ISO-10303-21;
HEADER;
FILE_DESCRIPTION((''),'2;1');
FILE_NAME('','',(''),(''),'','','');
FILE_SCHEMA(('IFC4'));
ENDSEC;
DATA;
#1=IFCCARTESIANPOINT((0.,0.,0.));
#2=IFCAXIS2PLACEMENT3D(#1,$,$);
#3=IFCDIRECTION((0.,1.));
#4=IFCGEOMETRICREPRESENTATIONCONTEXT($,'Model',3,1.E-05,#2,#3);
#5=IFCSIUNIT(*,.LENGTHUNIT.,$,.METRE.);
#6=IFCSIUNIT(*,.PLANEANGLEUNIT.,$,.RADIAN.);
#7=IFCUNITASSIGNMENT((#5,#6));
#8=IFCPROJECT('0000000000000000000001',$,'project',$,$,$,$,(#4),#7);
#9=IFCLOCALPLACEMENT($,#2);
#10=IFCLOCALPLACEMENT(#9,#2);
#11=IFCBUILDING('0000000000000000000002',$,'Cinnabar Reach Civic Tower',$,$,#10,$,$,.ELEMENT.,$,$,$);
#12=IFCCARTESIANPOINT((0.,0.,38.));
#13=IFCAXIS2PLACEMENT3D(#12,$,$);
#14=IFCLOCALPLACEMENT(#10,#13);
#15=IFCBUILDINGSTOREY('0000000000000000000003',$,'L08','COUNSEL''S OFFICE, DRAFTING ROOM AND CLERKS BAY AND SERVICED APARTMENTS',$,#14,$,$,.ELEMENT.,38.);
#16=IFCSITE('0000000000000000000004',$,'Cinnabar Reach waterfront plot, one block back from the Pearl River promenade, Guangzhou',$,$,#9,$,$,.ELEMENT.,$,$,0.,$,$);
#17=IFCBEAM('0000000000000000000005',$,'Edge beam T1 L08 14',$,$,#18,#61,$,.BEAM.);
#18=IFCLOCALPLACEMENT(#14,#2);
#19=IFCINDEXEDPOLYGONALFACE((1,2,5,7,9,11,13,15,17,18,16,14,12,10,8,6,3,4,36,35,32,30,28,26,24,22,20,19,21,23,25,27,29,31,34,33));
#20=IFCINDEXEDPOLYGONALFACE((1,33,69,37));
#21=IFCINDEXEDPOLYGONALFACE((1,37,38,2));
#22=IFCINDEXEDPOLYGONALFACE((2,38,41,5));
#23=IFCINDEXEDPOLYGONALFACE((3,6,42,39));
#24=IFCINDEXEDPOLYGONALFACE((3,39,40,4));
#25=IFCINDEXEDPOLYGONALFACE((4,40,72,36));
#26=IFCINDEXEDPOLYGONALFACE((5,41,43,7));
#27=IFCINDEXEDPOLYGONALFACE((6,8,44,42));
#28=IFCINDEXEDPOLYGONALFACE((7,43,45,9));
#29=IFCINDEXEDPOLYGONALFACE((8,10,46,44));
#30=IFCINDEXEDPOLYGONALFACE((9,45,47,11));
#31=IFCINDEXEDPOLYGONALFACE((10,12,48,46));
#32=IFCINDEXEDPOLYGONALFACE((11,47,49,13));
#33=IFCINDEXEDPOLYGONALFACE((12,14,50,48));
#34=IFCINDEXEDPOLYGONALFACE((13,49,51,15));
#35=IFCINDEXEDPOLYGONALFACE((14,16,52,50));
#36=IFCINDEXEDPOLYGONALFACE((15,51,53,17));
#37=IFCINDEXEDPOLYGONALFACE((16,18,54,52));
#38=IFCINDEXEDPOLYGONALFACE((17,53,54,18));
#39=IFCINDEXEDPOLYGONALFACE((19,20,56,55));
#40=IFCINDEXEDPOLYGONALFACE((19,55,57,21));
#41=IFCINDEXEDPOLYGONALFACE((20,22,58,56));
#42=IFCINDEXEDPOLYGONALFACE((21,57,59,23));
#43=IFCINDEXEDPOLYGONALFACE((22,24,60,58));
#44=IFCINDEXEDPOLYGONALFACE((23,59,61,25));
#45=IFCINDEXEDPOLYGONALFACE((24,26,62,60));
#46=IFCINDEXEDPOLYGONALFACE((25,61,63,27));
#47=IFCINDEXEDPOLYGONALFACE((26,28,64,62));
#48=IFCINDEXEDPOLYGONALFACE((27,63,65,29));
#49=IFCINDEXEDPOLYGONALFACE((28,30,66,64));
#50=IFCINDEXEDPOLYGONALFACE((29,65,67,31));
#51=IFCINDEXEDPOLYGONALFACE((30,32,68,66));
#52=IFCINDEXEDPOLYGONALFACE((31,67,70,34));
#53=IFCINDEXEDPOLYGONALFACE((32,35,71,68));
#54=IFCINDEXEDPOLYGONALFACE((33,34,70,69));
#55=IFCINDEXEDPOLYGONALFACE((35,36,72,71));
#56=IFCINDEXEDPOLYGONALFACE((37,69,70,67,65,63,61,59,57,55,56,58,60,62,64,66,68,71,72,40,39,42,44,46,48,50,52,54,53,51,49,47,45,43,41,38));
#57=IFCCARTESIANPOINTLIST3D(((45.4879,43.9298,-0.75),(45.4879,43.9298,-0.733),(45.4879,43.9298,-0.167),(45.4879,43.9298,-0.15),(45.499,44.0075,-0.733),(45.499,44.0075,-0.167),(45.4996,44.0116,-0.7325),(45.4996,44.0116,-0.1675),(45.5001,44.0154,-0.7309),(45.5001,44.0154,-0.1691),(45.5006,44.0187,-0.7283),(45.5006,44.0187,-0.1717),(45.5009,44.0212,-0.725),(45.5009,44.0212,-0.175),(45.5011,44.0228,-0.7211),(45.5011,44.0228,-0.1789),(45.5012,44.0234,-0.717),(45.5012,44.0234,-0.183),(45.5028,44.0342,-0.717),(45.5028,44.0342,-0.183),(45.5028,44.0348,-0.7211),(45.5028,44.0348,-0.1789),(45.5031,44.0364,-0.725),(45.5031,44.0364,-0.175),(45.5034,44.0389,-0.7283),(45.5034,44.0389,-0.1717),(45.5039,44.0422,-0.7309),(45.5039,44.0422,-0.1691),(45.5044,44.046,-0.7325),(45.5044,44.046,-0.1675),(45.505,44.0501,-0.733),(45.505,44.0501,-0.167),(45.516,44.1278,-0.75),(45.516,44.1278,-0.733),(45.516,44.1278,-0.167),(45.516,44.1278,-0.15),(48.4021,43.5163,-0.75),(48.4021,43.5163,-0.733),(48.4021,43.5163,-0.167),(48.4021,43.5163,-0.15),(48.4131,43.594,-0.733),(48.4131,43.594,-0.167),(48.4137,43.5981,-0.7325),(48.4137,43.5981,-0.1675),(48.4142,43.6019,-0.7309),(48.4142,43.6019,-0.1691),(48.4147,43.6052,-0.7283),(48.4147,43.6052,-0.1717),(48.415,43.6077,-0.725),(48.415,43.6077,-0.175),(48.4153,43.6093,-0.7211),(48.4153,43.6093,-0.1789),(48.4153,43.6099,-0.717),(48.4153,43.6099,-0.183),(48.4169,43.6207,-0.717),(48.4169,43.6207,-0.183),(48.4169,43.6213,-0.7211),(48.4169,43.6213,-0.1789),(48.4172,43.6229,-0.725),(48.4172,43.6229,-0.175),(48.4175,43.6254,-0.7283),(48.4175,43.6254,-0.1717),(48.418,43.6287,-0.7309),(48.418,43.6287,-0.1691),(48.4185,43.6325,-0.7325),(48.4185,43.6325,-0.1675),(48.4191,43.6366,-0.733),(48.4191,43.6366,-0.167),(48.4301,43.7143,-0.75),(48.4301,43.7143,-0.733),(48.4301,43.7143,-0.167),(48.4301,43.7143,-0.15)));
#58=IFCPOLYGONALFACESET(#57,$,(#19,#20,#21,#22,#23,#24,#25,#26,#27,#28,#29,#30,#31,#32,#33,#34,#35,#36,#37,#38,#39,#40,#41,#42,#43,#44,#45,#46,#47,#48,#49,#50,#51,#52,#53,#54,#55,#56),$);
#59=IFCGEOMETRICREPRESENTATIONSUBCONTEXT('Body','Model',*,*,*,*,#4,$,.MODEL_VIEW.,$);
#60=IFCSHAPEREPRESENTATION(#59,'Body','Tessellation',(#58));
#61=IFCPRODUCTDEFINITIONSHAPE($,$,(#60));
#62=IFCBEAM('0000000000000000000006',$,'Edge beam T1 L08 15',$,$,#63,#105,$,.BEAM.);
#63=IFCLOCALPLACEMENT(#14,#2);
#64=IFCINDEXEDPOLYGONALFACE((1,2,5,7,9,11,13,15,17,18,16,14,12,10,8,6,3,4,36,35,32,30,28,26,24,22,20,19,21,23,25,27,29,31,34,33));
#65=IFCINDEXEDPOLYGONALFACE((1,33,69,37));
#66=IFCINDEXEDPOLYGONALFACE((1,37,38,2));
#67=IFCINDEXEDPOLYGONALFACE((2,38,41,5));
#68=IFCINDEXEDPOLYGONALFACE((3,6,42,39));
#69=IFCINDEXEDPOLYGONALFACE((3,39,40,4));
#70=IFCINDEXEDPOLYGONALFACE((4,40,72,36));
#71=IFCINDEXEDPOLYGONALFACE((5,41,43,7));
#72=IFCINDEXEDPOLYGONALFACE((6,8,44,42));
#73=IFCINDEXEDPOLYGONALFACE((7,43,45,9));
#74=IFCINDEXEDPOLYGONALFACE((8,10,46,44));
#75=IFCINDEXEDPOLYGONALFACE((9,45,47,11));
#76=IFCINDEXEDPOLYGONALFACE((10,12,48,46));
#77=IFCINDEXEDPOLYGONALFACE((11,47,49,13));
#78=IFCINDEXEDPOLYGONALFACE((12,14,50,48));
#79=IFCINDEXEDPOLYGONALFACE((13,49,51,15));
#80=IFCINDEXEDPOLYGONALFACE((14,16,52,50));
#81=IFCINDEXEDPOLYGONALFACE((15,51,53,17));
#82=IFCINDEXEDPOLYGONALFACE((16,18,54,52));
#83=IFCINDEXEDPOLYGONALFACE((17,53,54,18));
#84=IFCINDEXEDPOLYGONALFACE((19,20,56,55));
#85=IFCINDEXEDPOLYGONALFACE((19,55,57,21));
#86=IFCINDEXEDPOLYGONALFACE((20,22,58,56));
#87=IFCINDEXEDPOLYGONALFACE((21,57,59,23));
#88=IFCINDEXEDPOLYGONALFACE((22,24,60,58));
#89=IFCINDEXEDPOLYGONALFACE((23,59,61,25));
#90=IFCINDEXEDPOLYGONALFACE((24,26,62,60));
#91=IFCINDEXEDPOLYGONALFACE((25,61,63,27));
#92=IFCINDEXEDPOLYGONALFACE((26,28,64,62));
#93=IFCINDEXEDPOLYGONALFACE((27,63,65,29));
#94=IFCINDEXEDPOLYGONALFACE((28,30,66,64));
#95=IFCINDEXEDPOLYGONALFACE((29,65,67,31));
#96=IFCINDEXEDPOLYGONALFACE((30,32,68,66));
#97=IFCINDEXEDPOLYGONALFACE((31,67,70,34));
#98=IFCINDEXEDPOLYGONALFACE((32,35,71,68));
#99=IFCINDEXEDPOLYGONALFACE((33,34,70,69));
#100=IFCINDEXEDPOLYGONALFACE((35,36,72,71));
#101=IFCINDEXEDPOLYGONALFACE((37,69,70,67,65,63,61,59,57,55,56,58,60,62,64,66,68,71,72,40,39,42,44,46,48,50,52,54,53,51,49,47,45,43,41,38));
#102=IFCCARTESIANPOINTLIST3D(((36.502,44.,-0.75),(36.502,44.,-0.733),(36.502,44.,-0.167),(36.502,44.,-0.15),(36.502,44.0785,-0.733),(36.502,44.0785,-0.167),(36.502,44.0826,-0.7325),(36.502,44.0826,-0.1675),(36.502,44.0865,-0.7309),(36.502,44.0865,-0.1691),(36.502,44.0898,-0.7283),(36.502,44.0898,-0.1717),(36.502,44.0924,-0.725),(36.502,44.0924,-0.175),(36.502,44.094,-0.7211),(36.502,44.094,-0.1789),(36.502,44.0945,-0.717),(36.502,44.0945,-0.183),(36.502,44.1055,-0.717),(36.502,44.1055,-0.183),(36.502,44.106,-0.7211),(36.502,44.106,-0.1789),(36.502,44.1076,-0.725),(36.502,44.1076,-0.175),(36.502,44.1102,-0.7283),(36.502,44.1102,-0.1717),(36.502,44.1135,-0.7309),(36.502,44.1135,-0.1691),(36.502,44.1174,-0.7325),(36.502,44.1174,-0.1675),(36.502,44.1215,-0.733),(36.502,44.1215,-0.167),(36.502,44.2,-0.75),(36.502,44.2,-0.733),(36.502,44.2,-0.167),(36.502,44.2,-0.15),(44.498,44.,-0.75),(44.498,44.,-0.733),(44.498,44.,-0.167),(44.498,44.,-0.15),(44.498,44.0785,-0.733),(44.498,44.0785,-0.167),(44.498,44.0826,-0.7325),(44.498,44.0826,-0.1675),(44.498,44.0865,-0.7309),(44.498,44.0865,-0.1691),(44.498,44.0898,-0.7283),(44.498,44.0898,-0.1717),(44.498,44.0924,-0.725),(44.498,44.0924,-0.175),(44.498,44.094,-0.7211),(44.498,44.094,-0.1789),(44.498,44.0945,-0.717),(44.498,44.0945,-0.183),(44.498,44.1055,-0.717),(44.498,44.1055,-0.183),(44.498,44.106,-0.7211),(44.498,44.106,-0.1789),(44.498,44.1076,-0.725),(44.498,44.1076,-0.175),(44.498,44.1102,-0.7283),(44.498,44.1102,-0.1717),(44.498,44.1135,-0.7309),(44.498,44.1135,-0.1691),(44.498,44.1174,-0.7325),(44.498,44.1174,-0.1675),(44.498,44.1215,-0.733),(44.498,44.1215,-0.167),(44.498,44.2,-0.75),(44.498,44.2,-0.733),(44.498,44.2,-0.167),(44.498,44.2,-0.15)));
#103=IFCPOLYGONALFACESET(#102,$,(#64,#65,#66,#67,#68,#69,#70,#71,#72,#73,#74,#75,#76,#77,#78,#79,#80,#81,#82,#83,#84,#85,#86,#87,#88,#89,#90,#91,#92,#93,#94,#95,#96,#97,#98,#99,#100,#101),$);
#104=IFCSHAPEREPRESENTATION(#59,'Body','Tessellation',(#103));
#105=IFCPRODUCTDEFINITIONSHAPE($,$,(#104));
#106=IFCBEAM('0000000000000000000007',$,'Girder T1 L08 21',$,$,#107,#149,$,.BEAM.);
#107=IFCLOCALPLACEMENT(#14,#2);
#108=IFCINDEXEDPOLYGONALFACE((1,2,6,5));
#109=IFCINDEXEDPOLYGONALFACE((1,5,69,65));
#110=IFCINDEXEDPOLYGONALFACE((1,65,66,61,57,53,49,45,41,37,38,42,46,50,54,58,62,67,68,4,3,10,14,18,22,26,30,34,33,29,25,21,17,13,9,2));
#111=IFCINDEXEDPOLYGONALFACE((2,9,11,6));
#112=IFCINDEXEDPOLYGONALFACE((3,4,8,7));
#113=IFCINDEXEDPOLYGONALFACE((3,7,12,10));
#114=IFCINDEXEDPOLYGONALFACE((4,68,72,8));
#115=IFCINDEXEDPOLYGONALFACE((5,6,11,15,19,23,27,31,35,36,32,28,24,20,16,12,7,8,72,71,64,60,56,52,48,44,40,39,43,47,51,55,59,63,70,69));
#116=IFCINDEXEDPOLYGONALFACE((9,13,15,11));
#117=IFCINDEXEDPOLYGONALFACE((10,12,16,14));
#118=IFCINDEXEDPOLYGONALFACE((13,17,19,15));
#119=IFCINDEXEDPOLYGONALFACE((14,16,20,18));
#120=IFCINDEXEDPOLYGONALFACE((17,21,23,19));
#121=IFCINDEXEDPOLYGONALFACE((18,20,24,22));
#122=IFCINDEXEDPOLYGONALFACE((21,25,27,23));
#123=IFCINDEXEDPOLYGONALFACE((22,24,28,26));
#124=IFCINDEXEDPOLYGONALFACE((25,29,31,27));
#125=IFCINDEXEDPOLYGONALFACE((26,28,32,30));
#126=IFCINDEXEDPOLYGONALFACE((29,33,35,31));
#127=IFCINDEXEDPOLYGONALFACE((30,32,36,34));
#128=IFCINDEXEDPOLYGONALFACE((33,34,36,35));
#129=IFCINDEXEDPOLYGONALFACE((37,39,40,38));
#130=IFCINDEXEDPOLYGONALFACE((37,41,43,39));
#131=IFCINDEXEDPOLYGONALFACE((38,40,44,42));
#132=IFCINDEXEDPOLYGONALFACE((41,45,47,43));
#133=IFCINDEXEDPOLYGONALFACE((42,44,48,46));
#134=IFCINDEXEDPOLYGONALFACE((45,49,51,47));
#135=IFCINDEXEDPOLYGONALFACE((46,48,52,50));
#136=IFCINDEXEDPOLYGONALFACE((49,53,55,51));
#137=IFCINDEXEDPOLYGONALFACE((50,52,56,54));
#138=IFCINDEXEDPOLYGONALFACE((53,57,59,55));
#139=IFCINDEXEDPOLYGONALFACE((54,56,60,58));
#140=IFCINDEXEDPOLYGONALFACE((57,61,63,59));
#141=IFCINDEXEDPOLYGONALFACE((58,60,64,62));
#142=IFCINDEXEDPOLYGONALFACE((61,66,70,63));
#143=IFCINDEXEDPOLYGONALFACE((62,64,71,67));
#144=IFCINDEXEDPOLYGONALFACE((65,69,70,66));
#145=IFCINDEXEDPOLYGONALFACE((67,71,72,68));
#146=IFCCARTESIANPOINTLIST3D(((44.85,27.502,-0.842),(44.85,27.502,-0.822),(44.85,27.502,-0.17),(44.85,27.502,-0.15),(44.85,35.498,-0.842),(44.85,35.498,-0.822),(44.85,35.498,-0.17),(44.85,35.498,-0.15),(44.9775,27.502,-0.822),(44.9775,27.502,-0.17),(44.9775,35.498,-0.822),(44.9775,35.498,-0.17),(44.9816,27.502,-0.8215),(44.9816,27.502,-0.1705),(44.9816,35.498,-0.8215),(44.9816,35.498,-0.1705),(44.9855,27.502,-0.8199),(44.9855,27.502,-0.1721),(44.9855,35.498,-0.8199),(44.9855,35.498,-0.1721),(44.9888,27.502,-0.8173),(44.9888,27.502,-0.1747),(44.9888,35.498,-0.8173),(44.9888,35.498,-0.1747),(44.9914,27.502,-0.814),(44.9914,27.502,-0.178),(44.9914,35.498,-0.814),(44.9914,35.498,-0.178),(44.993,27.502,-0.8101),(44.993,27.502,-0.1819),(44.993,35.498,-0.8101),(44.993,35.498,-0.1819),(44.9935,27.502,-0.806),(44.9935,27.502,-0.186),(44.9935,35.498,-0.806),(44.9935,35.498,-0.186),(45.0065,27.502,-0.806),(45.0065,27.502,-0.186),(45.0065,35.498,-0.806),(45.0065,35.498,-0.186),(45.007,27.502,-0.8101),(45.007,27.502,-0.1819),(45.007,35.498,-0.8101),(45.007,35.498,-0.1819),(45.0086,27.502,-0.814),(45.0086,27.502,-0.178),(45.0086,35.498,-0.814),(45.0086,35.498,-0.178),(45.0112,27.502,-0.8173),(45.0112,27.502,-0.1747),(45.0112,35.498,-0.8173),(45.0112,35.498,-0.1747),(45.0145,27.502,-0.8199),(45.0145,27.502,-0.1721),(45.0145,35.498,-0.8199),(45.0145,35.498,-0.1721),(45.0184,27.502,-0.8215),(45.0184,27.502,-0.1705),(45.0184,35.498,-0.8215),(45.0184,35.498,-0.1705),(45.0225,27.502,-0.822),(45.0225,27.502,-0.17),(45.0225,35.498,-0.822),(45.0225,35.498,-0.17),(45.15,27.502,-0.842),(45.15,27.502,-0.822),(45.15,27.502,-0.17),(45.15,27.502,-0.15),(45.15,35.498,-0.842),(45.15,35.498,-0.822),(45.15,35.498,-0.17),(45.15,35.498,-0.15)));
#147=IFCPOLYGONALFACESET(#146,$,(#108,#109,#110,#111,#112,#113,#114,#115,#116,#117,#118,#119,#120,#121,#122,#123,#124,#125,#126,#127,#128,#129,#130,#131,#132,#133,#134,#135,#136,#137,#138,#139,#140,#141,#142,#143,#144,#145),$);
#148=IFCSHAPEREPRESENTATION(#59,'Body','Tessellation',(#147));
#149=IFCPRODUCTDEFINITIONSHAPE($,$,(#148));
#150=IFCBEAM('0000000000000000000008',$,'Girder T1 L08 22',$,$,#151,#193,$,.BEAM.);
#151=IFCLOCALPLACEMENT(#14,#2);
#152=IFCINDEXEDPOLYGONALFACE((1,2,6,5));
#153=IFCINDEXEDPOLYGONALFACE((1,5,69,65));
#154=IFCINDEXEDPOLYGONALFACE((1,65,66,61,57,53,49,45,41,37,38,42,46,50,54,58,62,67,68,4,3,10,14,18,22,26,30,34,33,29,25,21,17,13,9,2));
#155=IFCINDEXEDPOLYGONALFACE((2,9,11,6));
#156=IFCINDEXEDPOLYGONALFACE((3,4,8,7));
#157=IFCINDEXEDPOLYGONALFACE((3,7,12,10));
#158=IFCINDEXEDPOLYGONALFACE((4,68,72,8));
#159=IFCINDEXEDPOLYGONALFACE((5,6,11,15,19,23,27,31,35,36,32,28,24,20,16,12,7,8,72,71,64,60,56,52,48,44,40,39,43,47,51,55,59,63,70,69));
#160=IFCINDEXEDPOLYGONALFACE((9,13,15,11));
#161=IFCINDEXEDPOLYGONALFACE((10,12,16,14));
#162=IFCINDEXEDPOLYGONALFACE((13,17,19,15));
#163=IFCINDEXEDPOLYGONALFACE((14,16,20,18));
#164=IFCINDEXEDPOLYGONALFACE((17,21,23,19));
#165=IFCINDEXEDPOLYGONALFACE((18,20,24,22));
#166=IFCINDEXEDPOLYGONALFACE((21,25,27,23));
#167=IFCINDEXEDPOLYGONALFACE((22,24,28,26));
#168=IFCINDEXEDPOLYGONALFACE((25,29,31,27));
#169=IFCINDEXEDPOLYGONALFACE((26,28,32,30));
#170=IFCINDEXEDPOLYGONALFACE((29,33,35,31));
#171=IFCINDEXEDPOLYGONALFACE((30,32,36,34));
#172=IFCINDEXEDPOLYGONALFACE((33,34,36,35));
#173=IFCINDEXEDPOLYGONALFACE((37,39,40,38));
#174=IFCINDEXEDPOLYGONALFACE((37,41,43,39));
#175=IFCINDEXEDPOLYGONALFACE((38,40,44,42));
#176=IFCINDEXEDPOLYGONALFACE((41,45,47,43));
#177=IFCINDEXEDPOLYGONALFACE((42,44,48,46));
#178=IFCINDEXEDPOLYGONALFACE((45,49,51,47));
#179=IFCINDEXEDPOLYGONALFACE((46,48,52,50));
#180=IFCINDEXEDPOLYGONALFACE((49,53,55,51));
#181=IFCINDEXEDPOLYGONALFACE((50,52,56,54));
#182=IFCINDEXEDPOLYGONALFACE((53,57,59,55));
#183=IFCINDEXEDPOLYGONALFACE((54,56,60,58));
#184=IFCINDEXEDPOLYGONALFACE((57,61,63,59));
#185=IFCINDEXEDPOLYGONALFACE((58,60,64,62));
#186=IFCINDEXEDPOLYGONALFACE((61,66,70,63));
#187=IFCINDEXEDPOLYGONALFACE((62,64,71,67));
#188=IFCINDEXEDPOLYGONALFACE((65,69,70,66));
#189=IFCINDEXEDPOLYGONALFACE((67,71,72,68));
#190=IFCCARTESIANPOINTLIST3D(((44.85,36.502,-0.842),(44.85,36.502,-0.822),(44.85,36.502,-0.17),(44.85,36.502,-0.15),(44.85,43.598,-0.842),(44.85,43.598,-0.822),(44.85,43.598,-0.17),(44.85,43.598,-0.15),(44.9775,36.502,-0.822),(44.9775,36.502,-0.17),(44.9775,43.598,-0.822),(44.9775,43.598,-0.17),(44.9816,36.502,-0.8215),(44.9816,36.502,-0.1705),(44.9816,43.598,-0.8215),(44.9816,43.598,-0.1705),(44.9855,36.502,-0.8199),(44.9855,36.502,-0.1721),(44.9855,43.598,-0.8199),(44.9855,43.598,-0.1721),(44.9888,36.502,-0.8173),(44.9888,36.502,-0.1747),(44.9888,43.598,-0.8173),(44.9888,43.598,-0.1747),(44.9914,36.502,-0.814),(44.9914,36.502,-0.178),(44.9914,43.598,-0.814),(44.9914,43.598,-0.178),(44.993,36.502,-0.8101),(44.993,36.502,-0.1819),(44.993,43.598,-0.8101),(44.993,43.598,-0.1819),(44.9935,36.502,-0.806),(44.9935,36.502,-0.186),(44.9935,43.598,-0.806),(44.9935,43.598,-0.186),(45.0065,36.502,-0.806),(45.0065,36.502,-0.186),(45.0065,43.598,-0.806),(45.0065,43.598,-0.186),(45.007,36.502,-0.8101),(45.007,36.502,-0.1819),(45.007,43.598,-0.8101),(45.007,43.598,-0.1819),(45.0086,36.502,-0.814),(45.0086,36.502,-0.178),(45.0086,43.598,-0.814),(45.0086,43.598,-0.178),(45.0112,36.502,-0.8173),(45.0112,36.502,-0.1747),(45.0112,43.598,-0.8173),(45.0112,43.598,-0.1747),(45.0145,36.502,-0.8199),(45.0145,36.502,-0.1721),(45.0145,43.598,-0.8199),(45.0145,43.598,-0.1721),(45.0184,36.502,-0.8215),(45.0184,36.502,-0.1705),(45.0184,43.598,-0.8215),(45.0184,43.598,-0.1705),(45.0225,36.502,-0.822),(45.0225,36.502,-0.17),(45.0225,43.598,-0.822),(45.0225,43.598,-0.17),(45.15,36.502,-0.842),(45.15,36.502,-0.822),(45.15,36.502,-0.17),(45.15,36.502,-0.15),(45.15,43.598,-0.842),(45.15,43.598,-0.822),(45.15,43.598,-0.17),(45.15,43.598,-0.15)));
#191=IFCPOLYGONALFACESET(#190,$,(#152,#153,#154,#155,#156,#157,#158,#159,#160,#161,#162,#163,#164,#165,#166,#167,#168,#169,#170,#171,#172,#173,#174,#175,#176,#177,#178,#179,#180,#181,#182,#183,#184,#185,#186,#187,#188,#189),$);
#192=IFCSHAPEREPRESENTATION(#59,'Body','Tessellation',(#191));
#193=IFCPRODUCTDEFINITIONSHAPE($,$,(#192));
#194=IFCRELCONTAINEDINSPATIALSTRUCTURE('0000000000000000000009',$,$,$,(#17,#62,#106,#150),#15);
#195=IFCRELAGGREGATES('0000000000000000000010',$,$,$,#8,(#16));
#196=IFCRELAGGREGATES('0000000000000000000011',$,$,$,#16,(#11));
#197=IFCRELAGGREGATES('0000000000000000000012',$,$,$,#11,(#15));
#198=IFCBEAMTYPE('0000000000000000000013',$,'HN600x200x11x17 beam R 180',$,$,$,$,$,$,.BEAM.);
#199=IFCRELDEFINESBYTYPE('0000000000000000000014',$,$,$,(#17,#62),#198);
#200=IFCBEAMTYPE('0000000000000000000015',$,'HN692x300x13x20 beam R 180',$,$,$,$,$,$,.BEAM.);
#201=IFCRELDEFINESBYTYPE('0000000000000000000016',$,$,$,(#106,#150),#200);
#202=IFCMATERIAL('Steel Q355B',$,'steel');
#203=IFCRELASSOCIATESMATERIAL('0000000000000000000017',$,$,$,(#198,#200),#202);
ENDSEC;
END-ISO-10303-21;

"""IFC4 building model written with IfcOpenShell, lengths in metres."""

from ifc_helpers import new_model, si_unit, direction, frame, origin, origin_2d, place, context, subcontext, project, spatial, i_section, extrude, material, material_profile, profile_set, type_object, element, save


model = new_model("IFC4")

# Units and contexts
model_context = context("Model", 3, precision=1e-05, world=origin(), true_north=direction((0.0, 1.0)))
body_context = subcontext(model_context, "Body", "Model", "MODEL_VIEW")
ifc_project = project(units=[si_unit("LENGTHUNIT", "METRE"), si_unit("PLANEANGLEUNIT", "RADIAN")], contexts=[model_context])

# Site, building, storey
site_placement = place(None, origin())
site = spatial("IfcSite", under=ifc_project, at=site_placement, Name="Cinnabar Reach waterfront plot, one block back from the Pearl River promenade, Guangzhou", CompositionType="ELEMENT", RefElevation=0.0)
building_placement = place(site_placement, origin())
building = spatial("IfcBuilding", under=site, at=building_placement, Name="Cinnabar Reach Civic Tower", CompositionType="ELEMENT")
storey_placement = place(building_placement, frame((0.0, 0.0, 38.0)))
storey = spatial("IfcBuildingStorey", under=building, at=storey_placement, Name="L08", Description="COUNSEL'S OFFICE, DRAFTING ROOM AND CLERKS BAY AND SERVICED APARTMENTS", CompositionType="ELEMENT", Elevation=38.0)

# Beams
ifc_material_1 = material(Name="Steel Q355B", Category="steel")
ifc_material_profile_1 = material_profile(ifc_material_1, i_section(OverallWidth=0.2, OverallDepth=0.6, WebThickness=0.011, FlangeThickness=0.017, FilletRadius=0.016, at=origin_2d()), Name="HN600x200x11x17")
ifc_profile_set_1 = profile_set([ifc_material_profile_1], Name="Steel Q355B")
beam_type_1 = type_object("IfcBeamType", Name="HN600x200x11x17 beam R 180", PredefinedType="BEAM", material=ifc_profile_set_1)
beam_1_placement = place(storey_placement, frame((48.4161, 43.6153, -0.45), z_axis=(-0.990082, 0.140489, 0.0), x_axis=(-0.140489, -0.990082, 0.0)))
element("IfcBeam", 1, at=beam_1_placement, inside=storey, type_object=beam_type_1, Name="Edge beam T1 L08 14", PredefinedType="BEAM", context=body_context, shape_type="SweptSolid", body=[
    extrude(i_section(OverallWidth=0.2, OverallDepth=0.6, WebThickness=0.011, FlangeThickness=0.017, FilletRadius=0.016, at=origin_2d()), origin(), (0.0, 0.0, 1.0), 2.9433),
])
beam_2_placement = place(storey_placement, frame((44.498, 44.1, -0.45), z_axis=(-1.0, 0.0, 0.0), x_axis=(0.0, -1.0, 0.0)))
element("IfcBeam", 2, at=beam_2_placement, inside=storey, type_object=beam_type_1, Name="Edge beam T1 L08 15", PredefinedType="BEAM", context=body_context, shape_type="SweptSolid", body=[
    extrude(i_section(OverallWidth=0.2, OverallDepth=0.6, WebThickness=0.011, FlangeThickness=0.017, FilletRadius=0.016, at=origin_2d()), origin(), (0.0, 0.0, 1.0), 7.996),
])
ifc_material_profile_2 = material_profile(ifc_material_1, i_section(OverallWidth=0.3, OverallDepth=0.692, WebThickness=0.013, FlangeThickness=0.02, FilletRadius=0.016, at=origin_2d()), Name="HN692x300x13x20")
ifc_profile_set_2 = profile_set([ifc_material_profile_2], Name="Steel Q355B")
beam_type_2 = type_object("IfcBeamType", Name="HN692x300x13x20 beam R 180", PredefinedType="BEAM", material=ifc_profile_set_2)
beam_3_placement = place(storey_placement, frame((45.0, 27.502, -0.496), z_axis=(0.0, 1.0, 0.0), x_axis=(-1.0, 0.0, 0.0)))
element("IfcBeam", 3, at=beam_3_placement, inside=storey, type_object=beam_type_2, Name="Girder T1 L08 21", PredefinedType="BEAM", context=body_context, shape_type="SweptSolid", body=[
    extrude(i_section(OverallWidth=0.3, OverallDepth=0.692, WebThickness=0.013, FlangeThickness=0.02, FilletRadius=0.016, at=origin_2d()), origin(), (0.0, 0.0, 1.0), 7.996),
])
beam_4_placement = place(storey_placement, frame((45.0, 36.502, -0.496), z_axis=(0.0, 1.0, 0.0), x_axis=(-1.0, 0.0, 0.0)))
element("IfcBeam", 4, at=beam_4_placement, inside=storey, type_object=beam_type_2, Name="Girder T1 L08 22", PredefinedType="BEAM", context=body_context, shape_type="SweptSolid", body=[
    extrude(i_section(OverallWidth=0.3, OverallDepth=0.692, WebThickness=0.013, FlangeThickness=0.02, FilletRadius=0.016, at=origin_2d()), origin(), (0.0, 0.0, 1.0), 7.096),
])

save(model, "model.ifc")
